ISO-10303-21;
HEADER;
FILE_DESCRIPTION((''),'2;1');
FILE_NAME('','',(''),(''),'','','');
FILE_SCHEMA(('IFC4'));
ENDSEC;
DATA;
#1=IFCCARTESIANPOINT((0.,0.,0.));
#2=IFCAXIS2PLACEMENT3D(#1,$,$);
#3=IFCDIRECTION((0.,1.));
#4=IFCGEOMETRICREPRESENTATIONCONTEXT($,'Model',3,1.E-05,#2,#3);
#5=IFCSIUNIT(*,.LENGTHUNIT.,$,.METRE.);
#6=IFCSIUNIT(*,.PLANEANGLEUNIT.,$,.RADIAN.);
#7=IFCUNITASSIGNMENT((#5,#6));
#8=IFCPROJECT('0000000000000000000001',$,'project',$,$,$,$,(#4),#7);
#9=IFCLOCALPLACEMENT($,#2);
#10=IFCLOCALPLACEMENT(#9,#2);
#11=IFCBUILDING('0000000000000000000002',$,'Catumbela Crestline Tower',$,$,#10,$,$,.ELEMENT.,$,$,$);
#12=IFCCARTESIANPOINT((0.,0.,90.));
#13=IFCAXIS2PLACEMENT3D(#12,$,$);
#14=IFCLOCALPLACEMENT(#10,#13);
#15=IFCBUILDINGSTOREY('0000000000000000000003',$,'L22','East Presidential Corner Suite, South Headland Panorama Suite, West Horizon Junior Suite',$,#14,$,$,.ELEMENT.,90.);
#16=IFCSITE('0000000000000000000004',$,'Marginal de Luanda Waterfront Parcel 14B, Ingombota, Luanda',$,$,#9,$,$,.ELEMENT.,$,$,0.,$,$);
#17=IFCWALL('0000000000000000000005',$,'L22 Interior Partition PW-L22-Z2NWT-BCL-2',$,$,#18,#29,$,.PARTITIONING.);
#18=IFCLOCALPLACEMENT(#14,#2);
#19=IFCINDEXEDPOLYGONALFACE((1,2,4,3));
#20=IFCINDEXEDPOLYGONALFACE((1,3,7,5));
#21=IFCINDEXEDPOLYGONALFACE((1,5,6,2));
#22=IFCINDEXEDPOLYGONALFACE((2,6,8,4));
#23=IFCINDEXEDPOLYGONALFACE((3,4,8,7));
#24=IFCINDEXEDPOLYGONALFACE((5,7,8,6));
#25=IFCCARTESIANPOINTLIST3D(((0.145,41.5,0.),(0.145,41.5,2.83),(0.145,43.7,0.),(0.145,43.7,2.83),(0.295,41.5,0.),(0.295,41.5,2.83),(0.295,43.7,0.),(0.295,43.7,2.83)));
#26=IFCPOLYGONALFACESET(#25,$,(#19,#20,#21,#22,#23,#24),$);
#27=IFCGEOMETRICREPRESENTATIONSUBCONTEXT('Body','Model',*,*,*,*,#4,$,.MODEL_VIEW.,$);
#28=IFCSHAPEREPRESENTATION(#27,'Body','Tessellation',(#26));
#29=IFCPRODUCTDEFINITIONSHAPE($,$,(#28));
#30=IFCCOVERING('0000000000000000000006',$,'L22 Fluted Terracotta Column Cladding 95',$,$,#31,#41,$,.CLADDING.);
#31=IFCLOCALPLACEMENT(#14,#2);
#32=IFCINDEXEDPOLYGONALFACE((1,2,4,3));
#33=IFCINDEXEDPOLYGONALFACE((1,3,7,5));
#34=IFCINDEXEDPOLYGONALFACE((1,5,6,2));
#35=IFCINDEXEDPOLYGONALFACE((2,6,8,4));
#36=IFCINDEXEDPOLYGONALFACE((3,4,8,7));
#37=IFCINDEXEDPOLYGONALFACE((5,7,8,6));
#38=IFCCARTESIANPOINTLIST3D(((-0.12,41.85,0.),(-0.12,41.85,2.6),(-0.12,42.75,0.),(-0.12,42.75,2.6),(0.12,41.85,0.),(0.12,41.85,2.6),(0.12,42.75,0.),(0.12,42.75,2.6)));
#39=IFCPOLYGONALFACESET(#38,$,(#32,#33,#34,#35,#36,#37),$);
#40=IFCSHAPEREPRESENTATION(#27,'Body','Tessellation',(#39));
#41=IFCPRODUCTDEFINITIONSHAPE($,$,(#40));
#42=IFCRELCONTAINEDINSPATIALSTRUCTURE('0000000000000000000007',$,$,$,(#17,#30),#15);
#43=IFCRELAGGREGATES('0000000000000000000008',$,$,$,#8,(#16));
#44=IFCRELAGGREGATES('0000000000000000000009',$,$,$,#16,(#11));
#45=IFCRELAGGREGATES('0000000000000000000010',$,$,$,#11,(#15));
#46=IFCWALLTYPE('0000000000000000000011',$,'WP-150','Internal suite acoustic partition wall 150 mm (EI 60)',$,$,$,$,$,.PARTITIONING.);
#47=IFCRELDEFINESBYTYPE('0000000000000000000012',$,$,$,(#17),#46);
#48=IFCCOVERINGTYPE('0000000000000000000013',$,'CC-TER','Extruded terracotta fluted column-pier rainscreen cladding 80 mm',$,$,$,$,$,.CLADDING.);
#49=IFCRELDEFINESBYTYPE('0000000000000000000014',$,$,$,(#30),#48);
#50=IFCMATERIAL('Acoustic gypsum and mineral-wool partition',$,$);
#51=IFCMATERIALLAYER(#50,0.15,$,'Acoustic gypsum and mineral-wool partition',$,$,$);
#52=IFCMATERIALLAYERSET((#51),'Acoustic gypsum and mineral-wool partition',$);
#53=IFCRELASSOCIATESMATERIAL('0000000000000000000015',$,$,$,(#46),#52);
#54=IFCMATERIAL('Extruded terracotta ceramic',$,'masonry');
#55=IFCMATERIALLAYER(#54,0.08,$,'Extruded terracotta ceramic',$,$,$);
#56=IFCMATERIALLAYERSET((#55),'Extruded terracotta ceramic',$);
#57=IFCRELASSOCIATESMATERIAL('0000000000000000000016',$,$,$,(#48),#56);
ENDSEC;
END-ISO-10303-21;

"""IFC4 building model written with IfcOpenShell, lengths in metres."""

from ifc_helpers import new_model, si_unit, direction, frame, frame_2d, origin, origin_2d, place, context, subcontext, project, spatial, rectangle, extrude, material, layer, layer_set, type_object, element, save


model = new_model("IFC4")

# Units and contexts
model_context = context("Model", 3, precision=1e-05, world=origin(), true_north=direction((0.0, 1.0)))
body_context = subcontext(model_context, "Body", "Model", "MODEL_VIEW")
ifc_project = project(units=[si_unit("LENGTHUNIT", "METRE"), si_unit("PLANEANGLEUNIT", "RADIAN")], contexts=[model_context])

# Site, building, storey
site_placement = place(None, origin())
site = spatial("IfcSite", under=ifc_project, at=site_placement, Name="Marginal de Luanda Waterfront Parcel 14B, Ingombota, Luanda", CompositionType="ELEMENT", RefElevation=0.0)
building_placement = place(site_placement, origin())
building = spatial("IfcBuilding", under=site, at=building_placement, Name="Catumbela Crestline Tower", CompositionType="ELEMENT")
storey_placement = place(building_placement, frame((0.0, 0.0, 90.0)))
storey = spatial("IfcBuildingStorey", under=building, at=storey_placement, Name="L22", Description="East Presidential Corner Suite, South Headland Panorama Suite, West Horizon Junior Suite", CompositionType="ELEMENT", Elevation=90.0)

# Shared definitions
ifc_material_1 = material(Name="Acoustic gypsum and mineral-wool partition")

# Shared definitions
ifc_layer_1 = layer(ifc_material_1, 0.15, Name="Acoustic gypsum and mineral-wool partition")
ifc_layer_set_1 = layer_set([ifc_layer_1], Name="Acoustic gypsum and mineral-wool partition")
wall_type_1 = type_object("IfcWallType", Name="WP-150", Description="Internal suite acoustic partition wall 150 mm (EI 60)", PredefinedType="PARTITIONING", material=ifc_layer_set_1)

# Wall
wall_1_placement = place(storey_placement, frame((0.22, 41.5, 0.0), z_axis=(0.0, 0.0, 1.0), x_axis=(0.0, 1.0, 0.0)))
element("IfcWall", 1, at=wall_1_placement, inside=storey, type_object=wall_type_1, Name="L22 Interior Partition PW-L22-Z2NWT-BCL-2", PredefinedType="PARTITIONING", context=body_context, shape_type="SweptSolid", body=[
    extrude(rectangle(XDim=2.2, YDim=0.15, at=frame_2d((1.1, 0.0))), origin(), (0.0, 0.0, 1.0), 2.83),
])

# Covering
ifc_material_2 = material(Name="Extruded terracotta ceramic", Category="masonry")
ifc_layer_2 = layer(ifc_material_2, 0.08, Name="Extruded terracotta ceramic")
ifc_layer_set_2 = layer_set([ifc_layer_2], Name="Extruded terracotta ceramic")
covering_type = type_object("IfcCoveringType", Name="CC-TER", Description="Extruded terracotta fluted column-pier rainscreen cladding 80 mm", PredefinedType="CLADDING", material=ifc_layer_set_2)
covering_placement = place(storey_placement, frame((0.0, 42.3, 0.0), z_axis=(0.0, 0.0, 1.0), x_axis=(0.0, -1.0, 0.0)))
element("IfcCovering", 2, at=covering_placement, inside=storey, type_object=covering_type, Name="L22 Fluted Terracotta Column Cladding 95", PredefinedType="CLADDING", context=body_context, shape_type="SweptSolid", body=[
    extrude(rectangle(XDim=0.9, YDim=0.24, at=origin_2d()), origin(), (0.0, 0.0, 1.0), 2.6),
])

save(model, "model.ifc")
